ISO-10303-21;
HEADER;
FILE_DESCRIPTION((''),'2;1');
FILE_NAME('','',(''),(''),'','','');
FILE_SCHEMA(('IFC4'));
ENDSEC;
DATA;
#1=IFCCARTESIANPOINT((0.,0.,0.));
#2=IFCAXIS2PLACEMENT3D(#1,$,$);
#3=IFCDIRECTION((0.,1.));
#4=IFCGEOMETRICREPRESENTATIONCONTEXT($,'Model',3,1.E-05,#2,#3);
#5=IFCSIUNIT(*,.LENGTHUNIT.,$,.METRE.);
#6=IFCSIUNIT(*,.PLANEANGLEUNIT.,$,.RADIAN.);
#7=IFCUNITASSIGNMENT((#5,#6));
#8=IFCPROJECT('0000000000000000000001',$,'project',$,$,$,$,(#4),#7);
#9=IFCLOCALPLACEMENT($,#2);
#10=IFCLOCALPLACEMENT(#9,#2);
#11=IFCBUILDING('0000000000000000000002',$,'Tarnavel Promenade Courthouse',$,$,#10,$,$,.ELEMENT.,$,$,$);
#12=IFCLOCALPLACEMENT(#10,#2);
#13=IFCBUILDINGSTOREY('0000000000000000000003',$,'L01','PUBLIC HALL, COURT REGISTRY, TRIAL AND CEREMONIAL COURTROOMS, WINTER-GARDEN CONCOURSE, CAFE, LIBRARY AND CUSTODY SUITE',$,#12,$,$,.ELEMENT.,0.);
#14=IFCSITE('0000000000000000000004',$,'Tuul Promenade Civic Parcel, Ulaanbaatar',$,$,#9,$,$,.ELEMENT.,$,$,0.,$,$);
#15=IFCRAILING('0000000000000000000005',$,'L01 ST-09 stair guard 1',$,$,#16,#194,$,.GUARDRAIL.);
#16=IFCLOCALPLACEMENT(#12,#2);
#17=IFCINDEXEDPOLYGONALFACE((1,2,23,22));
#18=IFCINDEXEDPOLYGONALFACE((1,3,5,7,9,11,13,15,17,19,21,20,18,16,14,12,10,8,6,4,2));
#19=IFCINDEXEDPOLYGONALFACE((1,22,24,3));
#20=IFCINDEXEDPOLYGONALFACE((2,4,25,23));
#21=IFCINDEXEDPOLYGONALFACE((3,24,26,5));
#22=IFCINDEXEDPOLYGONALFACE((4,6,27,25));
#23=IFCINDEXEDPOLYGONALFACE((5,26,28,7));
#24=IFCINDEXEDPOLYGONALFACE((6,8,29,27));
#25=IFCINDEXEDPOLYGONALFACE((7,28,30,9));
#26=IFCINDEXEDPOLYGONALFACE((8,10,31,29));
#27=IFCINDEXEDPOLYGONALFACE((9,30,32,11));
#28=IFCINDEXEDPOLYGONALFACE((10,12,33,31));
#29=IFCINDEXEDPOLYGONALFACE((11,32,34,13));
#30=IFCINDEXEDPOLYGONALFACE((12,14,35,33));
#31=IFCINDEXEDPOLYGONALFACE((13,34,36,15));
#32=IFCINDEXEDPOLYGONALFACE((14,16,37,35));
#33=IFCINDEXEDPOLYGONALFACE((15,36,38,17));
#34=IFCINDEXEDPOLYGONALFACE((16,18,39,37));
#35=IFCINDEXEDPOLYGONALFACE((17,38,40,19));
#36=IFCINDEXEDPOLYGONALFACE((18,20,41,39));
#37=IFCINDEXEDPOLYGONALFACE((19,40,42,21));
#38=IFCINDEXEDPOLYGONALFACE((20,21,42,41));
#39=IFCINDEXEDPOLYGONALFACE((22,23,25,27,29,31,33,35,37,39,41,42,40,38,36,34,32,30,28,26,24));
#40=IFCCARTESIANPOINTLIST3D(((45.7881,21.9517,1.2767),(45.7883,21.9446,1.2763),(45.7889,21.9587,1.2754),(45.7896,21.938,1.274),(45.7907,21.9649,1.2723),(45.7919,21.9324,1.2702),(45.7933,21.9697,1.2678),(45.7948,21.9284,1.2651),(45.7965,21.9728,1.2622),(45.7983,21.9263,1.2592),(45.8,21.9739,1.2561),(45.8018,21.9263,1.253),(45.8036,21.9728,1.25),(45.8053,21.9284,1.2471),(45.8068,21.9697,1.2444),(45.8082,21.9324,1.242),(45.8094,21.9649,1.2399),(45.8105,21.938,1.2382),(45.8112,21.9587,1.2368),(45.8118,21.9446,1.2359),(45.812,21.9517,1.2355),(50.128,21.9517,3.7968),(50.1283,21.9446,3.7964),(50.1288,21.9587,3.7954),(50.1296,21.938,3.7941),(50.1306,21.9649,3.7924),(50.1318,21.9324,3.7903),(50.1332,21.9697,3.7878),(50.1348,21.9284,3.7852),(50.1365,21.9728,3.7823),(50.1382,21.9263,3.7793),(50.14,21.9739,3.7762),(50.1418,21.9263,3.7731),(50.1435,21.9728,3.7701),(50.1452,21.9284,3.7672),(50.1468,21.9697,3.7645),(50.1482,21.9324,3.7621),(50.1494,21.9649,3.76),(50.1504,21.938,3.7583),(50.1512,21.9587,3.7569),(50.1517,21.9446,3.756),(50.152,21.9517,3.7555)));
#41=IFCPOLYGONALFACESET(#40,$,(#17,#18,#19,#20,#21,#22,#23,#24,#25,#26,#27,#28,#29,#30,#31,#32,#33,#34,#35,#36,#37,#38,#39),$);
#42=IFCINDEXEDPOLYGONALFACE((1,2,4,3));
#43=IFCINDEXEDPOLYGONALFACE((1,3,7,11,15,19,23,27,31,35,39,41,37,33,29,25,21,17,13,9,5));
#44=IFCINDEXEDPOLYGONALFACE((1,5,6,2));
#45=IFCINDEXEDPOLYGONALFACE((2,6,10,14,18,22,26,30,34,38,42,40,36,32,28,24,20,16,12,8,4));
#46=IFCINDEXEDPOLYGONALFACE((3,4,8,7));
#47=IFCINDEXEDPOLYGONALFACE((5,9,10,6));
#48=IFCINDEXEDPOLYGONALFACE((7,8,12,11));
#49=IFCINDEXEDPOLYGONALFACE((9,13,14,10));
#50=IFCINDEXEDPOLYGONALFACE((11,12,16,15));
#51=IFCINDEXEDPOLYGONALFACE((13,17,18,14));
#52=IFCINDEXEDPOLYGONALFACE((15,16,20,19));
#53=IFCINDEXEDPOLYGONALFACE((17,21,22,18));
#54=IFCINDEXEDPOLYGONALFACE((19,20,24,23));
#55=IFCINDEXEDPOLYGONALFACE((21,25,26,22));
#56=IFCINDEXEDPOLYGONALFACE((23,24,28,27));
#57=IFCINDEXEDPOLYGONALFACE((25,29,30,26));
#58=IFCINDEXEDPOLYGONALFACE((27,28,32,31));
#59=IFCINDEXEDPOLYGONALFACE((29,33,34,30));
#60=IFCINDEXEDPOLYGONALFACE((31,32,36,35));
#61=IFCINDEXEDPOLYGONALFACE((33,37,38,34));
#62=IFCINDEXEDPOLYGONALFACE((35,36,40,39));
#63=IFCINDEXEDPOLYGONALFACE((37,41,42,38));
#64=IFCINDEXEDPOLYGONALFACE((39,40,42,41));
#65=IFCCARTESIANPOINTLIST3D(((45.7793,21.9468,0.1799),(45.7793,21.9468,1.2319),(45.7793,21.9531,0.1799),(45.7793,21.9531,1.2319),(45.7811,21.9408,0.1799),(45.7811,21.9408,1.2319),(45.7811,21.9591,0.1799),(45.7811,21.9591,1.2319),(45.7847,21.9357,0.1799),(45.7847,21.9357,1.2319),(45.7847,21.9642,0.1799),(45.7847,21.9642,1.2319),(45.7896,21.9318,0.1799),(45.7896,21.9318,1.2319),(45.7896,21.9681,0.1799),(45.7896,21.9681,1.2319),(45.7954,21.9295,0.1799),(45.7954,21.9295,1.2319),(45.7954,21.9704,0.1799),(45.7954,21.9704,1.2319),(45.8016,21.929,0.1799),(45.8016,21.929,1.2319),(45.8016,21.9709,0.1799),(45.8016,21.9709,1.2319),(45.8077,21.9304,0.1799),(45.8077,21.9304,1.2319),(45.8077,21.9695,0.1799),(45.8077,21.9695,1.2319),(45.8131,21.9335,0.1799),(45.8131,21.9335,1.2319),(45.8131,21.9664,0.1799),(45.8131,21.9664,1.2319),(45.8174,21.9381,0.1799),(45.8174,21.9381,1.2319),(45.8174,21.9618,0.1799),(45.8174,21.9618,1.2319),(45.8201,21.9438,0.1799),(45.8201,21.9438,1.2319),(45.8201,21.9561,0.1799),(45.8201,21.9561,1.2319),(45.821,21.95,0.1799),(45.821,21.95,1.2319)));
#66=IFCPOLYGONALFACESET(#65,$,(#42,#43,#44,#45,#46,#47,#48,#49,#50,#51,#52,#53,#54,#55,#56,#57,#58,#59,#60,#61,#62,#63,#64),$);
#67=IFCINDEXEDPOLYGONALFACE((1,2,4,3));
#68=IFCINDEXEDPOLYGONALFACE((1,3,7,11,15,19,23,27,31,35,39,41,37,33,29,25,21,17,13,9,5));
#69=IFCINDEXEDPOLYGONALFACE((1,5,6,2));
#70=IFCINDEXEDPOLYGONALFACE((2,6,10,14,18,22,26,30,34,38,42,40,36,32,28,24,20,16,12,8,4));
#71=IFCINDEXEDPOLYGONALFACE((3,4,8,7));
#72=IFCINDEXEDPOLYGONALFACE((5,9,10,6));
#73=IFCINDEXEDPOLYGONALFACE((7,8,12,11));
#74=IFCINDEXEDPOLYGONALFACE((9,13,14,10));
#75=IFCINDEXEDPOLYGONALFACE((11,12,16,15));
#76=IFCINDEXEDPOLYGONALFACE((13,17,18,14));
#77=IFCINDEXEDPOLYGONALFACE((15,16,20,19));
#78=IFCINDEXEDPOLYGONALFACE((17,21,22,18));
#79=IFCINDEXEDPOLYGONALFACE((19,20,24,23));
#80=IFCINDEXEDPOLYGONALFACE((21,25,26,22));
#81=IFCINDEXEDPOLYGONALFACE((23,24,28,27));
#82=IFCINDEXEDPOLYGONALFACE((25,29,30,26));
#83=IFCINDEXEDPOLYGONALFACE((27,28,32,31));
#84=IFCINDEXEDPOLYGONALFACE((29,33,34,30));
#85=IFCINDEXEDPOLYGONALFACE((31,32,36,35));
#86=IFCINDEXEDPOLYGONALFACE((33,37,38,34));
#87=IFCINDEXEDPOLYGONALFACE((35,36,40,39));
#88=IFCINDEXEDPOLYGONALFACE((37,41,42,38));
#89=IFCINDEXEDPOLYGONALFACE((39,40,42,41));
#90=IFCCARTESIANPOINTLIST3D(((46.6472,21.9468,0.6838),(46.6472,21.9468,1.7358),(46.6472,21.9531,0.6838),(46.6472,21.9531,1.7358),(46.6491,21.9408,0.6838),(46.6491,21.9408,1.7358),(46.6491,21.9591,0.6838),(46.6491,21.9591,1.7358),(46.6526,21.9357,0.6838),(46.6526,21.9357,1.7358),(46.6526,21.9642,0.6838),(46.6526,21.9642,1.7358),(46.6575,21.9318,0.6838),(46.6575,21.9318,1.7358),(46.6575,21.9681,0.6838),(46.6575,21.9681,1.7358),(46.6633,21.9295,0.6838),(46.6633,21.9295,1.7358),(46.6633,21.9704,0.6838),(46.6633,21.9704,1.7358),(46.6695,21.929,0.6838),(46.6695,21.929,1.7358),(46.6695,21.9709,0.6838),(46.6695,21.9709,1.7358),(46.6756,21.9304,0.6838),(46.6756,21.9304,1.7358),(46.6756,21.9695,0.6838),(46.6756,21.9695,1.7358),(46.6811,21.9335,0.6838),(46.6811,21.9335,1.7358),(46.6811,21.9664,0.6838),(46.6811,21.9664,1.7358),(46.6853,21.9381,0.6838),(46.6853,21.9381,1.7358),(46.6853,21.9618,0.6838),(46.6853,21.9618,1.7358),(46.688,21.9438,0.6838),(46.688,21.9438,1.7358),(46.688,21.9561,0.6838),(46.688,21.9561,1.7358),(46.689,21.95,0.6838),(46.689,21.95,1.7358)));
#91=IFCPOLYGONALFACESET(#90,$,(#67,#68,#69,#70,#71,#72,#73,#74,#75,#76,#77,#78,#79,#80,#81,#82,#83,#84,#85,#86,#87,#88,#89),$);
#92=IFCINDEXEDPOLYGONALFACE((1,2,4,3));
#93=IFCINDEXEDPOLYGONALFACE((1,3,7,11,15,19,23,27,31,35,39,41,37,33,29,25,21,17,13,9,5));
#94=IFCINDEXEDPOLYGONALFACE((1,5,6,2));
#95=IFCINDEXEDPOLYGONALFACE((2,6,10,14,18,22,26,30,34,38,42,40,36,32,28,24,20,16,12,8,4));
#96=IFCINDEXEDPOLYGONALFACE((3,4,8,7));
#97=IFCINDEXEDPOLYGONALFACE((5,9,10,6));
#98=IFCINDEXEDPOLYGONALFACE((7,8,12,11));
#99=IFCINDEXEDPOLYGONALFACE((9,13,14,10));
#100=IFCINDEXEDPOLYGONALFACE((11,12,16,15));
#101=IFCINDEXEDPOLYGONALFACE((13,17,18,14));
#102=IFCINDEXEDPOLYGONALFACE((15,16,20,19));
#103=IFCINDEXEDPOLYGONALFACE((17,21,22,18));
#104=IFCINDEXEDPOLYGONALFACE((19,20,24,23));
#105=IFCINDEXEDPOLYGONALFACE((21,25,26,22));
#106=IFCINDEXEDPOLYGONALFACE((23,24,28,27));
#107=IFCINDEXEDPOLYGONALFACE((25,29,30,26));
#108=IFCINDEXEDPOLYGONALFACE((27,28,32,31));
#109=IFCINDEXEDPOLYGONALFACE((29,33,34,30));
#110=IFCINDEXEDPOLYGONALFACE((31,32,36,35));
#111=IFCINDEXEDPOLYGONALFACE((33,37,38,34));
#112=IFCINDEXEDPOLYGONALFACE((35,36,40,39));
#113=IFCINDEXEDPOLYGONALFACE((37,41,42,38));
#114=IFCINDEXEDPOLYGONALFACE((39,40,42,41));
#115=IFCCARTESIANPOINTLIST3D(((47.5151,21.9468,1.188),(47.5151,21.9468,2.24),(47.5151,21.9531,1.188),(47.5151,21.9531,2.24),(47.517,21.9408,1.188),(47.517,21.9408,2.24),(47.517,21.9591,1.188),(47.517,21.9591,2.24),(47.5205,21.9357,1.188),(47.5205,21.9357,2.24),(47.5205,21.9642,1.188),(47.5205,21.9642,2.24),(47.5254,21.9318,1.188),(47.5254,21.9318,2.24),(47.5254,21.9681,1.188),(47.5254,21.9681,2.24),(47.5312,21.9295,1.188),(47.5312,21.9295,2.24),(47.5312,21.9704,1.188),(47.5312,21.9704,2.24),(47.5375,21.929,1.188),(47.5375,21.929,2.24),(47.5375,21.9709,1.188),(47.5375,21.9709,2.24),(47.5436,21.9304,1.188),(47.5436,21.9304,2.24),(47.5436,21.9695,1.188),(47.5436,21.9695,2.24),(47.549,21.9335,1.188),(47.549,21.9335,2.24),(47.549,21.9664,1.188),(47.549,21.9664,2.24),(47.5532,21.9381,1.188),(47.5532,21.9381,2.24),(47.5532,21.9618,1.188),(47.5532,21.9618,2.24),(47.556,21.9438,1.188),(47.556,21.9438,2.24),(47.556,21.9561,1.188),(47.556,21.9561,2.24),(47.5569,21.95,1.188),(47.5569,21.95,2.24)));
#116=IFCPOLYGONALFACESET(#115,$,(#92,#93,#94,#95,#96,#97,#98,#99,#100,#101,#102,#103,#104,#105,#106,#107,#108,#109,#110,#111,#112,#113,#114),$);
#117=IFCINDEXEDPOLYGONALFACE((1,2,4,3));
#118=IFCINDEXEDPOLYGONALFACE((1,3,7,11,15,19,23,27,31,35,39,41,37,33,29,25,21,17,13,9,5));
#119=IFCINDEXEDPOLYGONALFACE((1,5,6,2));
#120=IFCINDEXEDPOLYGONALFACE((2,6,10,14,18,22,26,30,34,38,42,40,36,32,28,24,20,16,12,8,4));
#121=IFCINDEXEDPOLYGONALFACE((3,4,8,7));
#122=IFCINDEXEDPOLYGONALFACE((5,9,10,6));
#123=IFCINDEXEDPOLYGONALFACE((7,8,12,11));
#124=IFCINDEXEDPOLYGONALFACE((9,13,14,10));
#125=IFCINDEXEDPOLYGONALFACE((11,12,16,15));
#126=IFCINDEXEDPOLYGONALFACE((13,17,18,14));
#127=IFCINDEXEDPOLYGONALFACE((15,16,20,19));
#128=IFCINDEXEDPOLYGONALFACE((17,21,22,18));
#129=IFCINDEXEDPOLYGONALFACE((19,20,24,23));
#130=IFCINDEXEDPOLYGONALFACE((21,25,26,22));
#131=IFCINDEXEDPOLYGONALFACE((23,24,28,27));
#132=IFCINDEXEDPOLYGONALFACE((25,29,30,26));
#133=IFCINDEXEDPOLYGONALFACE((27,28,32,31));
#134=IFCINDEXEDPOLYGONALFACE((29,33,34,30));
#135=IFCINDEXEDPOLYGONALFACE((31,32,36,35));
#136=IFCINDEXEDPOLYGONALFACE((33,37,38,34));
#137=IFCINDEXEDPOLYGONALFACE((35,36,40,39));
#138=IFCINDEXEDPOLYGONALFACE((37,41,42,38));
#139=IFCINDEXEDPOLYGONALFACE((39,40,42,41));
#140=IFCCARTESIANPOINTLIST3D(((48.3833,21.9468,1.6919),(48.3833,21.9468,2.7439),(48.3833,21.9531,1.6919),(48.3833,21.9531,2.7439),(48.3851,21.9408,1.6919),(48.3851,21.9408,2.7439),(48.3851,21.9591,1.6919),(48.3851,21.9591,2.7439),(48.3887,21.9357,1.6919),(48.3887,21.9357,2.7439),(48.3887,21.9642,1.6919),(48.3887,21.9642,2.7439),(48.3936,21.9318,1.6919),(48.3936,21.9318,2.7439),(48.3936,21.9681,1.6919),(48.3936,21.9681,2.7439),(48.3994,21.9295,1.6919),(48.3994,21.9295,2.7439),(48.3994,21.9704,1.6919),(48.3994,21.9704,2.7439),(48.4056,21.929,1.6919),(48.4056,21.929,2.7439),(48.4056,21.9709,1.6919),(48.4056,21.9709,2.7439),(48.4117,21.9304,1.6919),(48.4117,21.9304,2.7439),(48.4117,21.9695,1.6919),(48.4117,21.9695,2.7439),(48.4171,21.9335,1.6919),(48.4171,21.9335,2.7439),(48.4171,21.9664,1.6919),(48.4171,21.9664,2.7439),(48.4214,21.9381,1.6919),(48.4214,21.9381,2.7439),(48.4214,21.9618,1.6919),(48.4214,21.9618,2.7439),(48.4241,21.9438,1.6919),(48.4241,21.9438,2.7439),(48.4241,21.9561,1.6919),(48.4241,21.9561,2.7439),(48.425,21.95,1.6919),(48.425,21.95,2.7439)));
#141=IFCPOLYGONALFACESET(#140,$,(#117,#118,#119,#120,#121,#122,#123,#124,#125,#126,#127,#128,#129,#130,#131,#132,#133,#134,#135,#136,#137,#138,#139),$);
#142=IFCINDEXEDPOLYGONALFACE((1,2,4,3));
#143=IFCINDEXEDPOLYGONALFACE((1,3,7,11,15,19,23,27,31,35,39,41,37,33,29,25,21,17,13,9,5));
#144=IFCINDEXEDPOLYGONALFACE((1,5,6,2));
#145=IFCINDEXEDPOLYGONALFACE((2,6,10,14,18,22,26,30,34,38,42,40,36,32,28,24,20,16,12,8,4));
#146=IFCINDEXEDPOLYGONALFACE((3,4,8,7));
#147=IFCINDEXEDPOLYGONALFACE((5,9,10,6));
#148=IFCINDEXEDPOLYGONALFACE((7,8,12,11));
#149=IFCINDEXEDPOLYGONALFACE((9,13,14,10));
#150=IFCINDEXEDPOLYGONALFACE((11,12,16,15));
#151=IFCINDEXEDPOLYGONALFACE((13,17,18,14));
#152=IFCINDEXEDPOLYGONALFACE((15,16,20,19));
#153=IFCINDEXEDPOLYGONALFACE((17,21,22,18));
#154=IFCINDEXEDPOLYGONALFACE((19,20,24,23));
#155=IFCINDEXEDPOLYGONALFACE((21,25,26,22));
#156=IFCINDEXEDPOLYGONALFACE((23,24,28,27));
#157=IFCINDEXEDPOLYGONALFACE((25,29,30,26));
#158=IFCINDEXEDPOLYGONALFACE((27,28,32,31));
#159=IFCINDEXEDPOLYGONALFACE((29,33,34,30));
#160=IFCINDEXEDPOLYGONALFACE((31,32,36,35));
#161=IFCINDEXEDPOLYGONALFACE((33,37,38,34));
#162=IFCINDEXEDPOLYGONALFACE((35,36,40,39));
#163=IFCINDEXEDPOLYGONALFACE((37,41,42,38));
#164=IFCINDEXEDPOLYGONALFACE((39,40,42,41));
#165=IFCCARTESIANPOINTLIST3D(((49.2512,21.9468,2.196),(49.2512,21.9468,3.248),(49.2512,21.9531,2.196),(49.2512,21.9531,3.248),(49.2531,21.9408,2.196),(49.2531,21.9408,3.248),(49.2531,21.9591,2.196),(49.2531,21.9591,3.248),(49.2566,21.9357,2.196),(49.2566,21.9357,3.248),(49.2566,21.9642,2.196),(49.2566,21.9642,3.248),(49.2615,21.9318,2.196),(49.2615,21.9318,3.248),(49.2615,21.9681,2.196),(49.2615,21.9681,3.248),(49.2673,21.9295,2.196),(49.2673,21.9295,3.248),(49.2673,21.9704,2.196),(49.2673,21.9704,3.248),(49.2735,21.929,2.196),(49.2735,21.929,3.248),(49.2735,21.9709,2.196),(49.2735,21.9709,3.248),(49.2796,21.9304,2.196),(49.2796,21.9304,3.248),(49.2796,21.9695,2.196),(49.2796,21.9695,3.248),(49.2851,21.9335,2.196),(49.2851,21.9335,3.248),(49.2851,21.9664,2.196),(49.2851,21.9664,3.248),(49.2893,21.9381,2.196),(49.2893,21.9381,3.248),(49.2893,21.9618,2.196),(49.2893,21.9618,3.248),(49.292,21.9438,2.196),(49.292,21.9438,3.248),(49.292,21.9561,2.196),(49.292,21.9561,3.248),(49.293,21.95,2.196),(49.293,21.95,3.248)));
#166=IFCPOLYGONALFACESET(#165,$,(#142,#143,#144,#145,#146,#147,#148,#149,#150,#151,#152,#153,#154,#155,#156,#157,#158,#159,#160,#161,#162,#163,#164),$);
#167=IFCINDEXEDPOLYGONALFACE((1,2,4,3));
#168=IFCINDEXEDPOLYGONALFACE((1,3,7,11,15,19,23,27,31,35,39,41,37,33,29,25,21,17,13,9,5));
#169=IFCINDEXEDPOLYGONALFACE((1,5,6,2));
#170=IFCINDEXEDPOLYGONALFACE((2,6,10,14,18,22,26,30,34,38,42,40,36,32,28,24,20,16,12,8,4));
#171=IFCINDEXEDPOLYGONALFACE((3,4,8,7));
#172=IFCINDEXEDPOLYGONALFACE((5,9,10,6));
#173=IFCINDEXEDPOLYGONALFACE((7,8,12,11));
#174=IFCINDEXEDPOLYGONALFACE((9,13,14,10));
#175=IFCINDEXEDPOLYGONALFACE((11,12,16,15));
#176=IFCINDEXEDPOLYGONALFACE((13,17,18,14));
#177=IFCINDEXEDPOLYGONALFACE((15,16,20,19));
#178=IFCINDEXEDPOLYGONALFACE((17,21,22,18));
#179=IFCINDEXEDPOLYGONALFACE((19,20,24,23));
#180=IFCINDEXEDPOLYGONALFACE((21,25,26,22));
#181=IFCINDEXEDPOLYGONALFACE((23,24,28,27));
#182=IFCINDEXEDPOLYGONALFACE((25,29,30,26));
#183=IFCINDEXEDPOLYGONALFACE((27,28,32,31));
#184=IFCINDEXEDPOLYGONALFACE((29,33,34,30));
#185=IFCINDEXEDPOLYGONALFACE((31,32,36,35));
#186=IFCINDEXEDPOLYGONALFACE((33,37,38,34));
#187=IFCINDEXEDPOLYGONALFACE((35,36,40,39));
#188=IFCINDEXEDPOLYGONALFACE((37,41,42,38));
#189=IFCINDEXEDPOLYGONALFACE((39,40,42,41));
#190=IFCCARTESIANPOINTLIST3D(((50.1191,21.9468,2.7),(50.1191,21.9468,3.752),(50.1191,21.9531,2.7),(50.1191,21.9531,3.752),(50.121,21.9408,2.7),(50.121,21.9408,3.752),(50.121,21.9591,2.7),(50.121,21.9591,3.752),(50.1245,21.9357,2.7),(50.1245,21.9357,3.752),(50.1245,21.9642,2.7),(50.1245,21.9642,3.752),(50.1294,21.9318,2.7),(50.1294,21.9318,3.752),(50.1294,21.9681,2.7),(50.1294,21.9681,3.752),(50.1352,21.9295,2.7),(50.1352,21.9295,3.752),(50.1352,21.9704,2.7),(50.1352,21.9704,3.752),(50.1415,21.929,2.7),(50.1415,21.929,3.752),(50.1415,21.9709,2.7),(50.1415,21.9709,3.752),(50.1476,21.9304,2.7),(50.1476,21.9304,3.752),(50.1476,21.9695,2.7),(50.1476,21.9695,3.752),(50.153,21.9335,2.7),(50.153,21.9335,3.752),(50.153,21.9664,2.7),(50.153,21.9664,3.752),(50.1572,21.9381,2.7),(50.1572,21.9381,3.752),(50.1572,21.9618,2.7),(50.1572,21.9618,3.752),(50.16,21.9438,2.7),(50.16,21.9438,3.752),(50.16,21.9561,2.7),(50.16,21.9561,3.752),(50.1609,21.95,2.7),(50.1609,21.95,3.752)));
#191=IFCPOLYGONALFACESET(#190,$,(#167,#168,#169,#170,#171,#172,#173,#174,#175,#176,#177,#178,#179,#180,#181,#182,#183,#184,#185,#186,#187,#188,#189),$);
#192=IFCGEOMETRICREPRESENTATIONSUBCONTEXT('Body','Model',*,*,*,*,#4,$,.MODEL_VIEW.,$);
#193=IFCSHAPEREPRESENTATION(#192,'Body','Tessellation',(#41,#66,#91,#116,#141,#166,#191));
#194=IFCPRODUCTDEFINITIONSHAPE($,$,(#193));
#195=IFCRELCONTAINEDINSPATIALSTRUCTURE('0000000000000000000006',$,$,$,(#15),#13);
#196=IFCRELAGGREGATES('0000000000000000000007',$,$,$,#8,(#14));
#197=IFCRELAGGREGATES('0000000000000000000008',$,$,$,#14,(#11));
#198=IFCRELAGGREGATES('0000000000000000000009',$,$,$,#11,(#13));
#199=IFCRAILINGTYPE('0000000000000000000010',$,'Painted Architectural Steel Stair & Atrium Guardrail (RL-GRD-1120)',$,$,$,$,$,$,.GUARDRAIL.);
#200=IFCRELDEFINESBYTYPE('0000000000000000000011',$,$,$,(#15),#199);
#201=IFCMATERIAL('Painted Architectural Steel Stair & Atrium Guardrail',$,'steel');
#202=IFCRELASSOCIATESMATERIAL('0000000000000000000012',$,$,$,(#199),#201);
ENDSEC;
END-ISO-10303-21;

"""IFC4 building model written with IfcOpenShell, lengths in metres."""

from ifc_helpers import new_model, si_unit, direction, frame, origin, origin_2d, place, context, subcontext, project, spatial, circle, extrude, material, type_object, element, save


model = new_model("IFC4")

# Units and contexts
model_context = context("Model", 3, precision=1e-05, world=origin(), true_north=direction((0.0, 1.0)))
body_context = subcontext(model_context, "Body", "Model", "MODEL_VIEW")
ifc_project = project(units=[si_unit("LENGTHUNIT", "METRE"), si_unit("PLANEANGLEUNIT", "RADIAN")], contexts=[model_context])

# Site, building, storey
site_placement = place(None, origin())
site = spatial("IfcSite", under=ifc_project, at=site_placement, Name="Tuul Promenade Civic Parcel, Ulaanbaatar", CompositionType="ELEMENT", RefElevation=0.0)
building_placement = place(site_placement, origin())
building = spatial("IfcBuilding", under=site, at=building_placement, Name="Tarnavel Promenade Courthouse", CompositionType="ELEMENT")
storey_placement = place(building_placement, origin())
storey = spatial("IfcBuildingStorey", under=building, at=storey_placement, Name="L01", Description="PUBLIC HALL, COURT REGISTRY, TRIAL AND CEREMONIAL COURTROOMS, WINTER-GARDEN CONCOURSE, CAFE, LIBRARY AND CUSTODY SUITE", CompositionType="ELEMENT", Elevation=0.0)

# Railing
ifc_material_1 = material(Name="Painted Architectural Steel Stair & Atrium Guardrail", Category="steel")
railing_type_1 = type_object("IfcRailingType", Name="Painted Architectural Steel Stair & Atrium Guardrail (RL-GRD-1120)", PredefinedType="GUARDRAIL", material=ifc_material_1)
railing_1_placement = place(storey_placement, frame((45.8, 21.95, 0.1799)))
element("IfcRailing", 1, at=railing_1_placement, inside=storey, type_object=railing_type_1, Name="L01 ST-09 stair guard 1", PredefinedType="GUARDRAIL", context=body_context, shape_type="SweptSolid", body=[
    extrude(circle(Radius=0.0239, at=origin_2d()), frame((0.0, 0.0, 1.0762), z_axis=(0.864779, 0.0, 0.502152), x_axis=(0.0, 1.0, 0.0)), (0.0, 0.0, 1.0), 5.0186),
    extrude(circle(Radius=0.021, at=origin_2d()), origin(), (0.0, 0.0, 1.0), 1.052),
    extrude(circle(Radius=0.021, at=origin_2d()), frame((0.8679, 0.0, 0.5039)), (0.0, 0.0, 1.0), 1.052),
    extrude(circle(Radius=0.021, at=origin_2d()), frame((1.7358, 0.0, 1.0081)), (0.0, 0.0, 1.0), 1.052),
    extrude(circle(Radius=0.021, at=origin_2d()), frame((2.604, 0.0, 1.512)), (0.0, 0.0, 1.0), 1.052),
    extrude(circle(Radius=0.021, at=origin_2d()), frame((3.4719, 0.0, 2.0161)), (0.0, 0.0, 1.0), 1.052),
    extrude(circle(Radius=0.021, at=origin_2d()), frame((4.3398, 0.0, 2.52)), (0.0, 0.0, 1.0), 1.052),
])

save(model, "model.ifc")
